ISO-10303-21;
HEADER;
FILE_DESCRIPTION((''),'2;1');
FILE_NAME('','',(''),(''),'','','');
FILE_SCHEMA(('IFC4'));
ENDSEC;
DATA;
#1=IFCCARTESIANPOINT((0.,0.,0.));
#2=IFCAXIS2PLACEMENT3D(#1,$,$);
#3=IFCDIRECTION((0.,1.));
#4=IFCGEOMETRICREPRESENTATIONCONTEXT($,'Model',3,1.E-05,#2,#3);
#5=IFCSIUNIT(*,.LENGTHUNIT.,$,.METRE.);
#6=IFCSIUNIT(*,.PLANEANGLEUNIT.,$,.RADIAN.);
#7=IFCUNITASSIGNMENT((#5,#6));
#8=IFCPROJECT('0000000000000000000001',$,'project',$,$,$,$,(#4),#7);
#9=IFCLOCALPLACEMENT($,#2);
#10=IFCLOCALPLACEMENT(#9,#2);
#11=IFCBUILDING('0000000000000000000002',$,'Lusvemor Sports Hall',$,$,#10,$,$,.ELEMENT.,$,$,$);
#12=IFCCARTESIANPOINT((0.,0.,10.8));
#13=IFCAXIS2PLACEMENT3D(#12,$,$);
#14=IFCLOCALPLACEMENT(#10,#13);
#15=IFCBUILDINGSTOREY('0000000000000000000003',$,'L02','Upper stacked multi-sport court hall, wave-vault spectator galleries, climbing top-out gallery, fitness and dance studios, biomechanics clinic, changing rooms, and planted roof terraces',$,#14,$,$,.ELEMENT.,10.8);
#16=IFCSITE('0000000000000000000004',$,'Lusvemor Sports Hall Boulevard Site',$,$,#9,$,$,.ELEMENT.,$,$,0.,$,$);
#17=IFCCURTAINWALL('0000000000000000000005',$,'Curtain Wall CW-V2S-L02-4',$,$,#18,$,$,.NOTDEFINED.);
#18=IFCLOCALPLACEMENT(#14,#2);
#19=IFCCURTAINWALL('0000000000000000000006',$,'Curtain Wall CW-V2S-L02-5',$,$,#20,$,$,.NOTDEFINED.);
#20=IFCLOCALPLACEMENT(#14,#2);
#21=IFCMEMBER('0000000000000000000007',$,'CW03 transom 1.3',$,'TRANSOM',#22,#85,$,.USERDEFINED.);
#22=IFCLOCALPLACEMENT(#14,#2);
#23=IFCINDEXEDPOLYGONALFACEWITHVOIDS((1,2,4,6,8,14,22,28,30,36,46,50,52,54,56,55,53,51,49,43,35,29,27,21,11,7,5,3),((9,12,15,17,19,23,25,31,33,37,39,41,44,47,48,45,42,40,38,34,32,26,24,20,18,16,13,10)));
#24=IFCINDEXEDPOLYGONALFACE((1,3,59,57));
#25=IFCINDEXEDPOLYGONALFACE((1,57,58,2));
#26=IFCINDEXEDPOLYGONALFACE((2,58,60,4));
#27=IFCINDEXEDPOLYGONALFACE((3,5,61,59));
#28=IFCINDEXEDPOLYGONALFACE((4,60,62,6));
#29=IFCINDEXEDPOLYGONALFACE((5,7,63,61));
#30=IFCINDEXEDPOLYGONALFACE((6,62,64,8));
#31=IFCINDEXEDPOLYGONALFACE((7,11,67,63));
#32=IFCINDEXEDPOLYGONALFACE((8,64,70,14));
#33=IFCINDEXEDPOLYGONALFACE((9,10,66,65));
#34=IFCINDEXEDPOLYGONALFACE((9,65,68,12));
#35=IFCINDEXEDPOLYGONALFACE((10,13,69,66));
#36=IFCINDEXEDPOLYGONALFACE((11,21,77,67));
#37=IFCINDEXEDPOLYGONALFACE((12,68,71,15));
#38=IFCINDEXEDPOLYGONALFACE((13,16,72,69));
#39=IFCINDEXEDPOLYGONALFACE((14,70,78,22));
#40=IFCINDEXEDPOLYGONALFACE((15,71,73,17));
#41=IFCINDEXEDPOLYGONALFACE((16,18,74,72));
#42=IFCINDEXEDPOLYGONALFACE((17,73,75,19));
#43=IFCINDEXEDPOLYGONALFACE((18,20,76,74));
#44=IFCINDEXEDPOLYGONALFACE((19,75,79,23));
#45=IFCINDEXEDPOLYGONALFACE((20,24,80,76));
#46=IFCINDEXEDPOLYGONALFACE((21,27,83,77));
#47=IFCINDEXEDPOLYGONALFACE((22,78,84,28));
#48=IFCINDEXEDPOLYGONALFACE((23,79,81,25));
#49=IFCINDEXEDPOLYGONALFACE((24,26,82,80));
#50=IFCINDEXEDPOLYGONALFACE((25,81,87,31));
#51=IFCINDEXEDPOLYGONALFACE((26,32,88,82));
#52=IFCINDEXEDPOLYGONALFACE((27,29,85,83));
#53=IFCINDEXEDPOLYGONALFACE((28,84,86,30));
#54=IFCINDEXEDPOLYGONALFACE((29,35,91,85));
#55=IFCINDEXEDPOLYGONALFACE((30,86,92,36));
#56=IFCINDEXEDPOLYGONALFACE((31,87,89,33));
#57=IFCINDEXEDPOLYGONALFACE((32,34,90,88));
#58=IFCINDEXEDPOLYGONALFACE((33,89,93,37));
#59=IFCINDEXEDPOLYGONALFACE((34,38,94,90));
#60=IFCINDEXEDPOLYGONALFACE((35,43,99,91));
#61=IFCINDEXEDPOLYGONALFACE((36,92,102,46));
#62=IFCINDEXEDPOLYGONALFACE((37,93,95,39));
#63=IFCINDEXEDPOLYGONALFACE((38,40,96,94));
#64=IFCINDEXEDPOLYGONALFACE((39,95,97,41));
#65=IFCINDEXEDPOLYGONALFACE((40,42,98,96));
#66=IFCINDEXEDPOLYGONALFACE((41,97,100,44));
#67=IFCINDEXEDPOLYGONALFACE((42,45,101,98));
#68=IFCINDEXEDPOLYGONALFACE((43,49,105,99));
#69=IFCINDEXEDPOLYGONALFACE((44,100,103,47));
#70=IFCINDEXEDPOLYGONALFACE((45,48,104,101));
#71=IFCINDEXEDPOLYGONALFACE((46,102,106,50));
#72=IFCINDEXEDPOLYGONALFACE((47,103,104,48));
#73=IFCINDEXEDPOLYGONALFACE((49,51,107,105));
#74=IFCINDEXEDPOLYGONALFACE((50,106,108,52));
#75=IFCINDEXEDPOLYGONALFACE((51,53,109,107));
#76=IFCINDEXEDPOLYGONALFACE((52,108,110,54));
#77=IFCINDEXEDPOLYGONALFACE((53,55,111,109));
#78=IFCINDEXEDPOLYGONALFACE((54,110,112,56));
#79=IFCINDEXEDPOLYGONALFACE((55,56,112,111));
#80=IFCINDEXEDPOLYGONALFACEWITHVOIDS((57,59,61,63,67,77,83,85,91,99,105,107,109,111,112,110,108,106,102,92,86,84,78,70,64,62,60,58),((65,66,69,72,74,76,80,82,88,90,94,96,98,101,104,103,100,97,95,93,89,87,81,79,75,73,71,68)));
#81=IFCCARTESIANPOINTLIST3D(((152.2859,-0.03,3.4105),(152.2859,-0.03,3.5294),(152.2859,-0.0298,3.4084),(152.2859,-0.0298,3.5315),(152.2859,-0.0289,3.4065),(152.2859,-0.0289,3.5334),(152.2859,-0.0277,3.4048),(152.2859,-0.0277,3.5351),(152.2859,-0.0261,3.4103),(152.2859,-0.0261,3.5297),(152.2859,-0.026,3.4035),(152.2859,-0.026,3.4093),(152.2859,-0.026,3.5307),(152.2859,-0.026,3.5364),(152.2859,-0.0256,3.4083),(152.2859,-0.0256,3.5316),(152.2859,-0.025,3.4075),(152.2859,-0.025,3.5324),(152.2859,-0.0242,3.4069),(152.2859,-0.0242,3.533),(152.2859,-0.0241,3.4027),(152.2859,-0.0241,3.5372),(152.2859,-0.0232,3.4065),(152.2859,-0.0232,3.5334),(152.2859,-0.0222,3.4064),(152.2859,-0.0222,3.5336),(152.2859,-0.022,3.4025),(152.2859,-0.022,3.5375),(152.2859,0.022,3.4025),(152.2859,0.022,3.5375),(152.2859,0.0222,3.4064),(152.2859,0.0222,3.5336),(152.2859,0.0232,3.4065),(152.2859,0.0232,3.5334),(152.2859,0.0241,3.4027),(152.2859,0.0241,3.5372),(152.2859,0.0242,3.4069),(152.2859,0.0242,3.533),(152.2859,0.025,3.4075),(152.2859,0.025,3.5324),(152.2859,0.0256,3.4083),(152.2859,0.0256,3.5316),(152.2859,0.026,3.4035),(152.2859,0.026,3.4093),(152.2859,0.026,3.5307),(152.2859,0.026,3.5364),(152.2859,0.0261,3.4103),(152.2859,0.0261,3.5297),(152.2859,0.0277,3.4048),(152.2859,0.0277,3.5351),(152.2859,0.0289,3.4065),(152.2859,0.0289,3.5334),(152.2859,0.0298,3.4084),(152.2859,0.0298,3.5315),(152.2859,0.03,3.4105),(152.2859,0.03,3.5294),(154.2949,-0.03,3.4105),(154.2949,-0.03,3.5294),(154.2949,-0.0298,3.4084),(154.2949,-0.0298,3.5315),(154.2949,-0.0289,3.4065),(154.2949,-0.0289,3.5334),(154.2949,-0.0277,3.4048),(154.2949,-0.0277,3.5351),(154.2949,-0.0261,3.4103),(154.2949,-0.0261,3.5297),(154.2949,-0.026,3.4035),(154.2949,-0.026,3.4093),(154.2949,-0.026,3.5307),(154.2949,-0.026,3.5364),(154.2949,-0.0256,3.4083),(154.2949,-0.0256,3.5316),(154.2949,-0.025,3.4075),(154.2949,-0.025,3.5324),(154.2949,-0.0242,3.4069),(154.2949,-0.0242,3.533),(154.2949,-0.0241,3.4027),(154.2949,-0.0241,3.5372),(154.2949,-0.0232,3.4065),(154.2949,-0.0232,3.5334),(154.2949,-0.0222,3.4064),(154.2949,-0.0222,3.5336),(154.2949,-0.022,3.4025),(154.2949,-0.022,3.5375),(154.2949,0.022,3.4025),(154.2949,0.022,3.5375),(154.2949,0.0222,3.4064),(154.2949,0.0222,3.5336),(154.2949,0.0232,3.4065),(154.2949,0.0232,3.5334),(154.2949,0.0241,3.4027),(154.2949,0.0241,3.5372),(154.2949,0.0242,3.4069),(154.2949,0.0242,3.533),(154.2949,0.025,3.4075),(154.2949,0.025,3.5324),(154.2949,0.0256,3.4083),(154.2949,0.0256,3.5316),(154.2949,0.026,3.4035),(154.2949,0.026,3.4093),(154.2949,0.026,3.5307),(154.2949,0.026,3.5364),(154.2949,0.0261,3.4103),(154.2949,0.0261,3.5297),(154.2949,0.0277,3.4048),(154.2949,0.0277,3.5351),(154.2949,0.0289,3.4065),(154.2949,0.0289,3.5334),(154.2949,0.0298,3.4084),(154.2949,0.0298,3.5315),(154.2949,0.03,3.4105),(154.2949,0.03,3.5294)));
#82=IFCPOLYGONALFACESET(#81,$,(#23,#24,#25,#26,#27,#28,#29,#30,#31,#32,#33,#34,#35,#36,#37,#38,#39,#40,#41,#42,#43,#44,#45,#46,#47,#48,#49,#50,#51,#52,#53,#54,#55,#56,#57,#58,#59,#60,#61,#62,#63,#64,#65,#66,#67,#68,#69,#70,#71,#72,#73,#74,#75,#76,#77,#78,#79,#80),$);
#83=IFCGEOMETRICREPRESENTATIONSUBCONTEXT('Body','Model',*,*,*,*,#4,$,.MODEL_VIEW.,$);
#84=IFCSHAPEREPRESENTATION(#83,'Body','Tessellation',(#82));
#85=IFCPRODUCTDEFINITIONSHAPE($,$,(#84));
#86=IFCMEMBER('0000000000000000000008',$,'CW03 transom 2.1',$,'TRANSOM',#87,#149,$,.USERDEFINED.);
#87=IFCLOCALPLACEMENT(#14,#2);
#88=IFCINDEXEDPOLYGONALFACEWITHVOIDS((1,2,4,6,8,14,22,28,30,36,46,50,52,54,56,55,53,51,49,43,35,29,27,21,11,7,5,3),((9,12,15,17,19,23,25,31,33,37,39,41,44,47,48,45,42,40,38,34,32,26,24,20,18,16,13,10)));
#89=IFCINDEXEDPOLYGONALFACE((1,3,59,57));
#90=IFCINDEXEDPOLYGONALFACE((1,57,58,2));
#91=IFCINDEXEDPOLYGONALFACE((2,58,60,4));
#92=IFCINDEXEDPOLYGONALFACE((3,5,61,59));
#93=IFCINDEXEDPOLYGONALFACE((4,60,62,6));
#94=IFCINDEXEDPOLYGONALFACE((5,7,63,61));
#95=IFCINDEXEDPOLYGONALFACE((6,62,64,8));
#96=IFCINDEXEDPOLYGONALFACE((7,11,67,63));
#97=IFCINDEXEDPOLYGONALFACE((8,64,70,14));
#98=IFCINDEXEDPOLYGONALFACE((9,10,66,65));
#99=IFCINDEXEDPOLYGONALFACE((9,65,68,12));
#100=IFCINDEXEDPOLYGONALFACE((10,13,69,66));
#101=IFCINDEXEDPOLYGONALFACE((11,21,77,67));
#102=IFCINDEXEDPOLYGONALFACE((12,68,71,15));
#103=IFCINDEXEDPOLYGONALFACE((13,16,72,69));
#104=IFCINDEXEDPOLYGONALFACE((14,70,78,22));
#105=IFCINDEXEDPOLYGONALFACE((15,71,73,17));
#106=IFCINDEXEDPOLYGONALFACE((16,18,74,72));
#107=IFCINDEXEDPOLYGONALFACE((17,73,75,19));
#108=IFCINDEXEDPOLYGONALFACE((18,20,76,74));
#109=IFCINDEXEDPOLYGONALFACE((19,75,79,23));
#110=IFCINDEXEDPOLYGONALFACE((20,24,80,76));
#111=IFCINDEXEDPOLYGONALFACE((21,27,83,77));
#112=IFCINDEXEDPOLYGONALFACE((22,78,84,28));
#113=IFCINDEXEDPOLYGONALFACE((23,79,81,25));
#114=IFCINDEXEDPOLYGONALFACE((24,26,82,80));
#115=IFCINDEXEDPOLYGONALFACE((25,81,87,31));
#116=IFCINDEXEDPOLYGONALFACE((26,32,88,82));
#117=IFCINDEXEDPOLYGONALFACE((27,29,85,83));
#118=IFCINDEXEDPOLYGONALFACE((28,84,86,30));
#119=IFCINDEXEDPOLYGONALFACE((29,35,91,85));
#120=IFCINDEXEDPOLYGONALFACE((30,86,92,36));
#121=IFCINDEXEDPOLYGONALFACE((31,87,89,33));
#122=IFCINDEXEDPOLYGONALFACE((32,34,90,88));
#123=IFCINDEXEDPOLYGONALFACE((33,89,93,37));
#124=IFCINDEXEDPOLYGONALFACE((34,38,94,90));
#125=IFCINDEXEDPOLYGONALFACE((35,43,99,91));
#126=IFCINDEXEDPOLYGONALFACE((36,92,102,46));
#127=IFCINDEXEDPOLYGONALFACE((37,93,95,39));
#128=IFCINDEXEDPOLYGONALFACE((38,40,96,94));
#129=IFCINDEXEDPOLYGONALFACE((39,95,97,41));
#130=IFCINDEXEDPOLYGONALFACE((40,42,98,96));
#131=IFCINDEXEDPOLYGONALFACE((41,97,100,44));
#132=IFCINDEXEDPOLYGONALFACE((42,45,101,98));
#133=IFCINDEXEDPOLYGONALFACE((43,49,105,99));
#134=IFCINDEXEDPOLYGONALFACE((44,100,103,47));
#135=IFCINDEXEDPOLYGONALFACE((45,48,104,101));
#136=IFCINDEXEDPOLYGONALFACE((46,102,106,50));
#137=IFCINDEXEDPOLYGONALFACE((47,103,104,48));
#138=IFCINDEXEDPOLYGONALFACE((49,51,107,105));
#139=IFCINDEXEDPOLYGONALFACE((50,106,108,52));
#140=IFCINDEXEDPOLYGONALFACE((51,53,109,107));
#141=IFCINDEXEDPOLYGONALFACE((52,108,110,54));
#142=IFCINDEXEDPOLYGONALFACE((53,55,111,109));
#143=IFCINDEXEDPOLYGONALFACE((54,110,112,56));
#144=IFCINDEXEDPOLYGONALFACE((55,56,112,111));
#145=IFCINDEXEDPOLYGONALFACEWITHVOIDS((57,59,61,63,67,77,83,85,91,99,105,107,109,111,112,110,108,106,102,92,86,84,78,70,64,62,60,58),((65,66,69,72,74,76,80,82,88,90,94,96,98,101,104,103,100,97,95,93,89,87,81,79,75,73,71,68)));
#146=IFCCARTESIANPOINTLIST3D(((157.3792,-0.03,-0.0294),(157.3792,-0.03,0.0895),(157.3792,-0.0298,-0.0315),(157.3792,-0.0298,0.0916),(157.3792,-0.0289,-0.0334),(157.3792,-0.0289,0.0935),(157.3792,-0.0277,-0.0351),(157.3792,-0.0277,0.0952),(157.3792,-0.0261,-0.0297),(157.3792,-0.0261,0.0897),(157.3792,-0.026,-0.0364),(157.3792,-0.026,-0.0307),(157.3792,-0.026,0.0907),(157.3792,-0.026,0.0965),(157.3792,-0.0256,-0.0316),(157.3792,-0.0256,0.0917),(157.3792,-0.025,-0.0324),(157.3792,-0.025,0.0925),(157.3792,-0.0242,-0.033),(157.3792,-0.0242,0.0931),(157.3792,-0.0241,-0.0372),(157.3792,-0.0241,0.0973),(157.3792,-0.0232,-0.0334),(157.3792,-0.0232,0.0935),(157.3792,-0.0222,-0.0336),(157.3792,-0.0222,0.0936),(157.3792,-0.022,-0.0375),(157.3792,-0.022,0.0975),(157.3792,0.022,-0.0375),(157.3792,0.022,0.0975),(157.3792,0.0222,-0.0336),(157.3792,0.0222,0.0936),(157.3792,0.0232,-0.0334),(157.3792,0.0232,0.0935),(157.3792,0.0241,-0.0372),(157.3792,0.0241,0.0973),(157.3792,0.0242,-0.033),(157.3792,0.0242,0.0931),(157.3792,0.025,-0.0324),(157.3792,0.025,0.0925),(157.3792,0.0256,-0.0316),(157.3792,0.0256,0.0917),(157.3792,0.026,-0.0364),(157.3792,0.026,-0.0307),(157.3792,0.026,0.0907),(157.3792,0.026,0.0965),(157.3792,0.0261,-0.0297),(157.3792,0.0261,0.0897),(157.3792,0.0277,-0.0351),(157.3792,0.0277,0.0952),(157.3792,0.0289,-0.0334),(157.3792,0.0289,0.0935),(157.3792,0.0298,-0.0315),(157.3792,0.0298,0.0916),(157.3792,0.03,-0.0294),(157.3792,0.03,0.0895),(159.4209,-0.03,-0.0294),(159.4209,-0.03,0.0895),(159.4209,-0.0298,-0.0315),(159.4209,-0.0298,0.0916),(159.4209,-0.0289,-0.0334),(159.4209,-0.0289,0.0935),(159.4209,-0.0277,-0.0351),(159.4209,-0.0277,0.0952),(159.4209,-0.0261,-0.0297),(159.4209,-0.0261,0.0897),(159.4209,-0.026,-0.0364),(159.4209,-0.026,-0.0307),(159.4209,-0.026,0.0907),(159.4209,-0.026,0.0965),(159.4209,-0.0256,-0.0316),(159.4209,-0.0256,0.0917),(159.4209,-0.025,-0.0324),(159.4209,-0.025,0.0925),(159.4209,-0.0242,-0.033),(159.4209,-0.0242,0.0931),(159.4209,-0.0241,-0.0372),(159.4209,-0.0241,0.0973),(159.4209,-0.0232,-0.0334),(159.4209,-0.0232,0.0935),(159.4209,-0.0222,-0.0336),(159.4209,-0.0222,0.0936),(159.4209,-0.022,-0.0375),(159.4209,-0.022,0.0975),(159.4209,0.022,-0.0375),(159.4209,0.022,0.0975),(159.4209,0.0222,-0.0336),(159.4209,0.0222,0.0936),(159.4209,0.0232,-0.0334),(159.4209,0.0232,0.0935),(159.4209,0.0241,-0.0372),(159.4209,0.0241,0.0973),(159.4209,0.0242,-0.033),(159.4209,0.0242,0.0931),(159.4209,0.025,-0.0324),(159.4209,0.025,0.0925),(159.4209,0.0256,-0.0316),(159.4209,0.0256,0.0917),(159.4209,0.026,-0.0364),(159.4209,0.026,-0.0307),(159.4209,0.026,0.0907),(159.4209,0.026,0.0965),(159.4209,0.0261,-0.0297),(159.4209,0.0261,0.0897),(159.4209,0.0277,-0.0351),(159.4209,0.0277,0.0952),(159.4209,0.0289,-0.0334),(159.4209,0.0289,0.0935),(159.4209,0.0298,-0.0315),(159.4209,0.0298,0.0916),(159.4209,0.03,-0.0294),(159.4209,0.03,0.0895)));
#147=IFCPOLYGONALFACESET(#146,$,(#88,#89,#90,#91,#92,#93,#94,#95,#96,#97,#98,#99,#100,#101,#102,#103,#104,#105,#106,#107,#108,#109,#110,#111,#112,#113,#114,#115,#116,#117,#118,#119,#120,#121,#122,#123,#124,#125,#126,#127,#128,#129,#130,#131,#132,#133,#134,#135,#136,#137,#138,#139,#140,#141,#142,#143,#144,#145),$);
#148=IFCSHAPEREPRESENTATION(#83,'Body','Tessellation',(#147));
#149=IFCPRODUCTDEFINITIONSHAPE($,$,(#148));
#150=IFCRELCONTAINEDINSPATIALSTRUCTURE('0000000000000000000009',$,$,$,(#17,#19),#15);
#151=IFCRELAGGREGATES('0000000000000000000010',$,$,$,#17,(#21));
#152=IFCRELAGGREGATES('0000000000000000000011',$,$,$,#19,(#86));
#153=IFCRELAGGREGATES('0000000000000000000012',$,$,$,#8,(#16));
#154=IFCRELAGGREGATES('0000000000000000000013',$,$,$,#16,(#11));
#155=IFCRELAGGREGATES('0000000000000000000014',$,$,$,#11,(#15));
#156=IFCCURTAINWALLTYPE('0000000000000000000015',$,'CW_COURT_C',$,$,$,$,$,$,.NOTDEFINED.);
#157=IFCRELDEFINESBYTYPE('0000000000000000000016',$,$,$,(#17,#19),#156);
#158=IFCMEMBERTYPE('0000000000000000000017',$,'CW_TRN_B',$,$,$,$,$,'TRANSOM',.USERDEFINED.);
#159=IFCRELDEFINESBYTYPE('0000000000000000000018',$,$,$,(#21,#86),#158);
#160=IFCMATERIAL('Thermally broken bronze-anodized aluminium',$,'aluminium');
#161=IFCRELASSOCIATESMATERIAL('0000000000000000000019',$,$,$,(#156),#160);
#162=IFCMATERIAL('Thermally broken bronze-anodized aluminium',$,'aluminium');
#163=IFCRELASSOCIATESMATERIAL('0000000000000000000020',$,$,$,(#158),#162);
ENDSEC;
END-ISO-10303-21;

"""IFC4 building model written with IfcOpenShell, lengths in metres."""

from ifc_helpers import new_model, si_unit, direction, frame, origin, origin_2d, place, context, subcontext, project, spatial, hollow_rectangle, extrude, material, material_profile, profile_set, type_object, element, aggregate, save


model = new_model("IFC4")

# Units and contexts
model_context = context("Model", 3, precision=1e-05, world=origin(), true_north=direction((0.0, 1.0)))
body_context = subcontext(model_context, "Body", "Model", "MODEL_VIEW")
ifc_project = project(units=[si_unit("LENGTHUNIT", "METRE"), si_unit("PLANEANGLEUNIT", "RADIAN")], contexts=[model_context])

# Site, building, storey
site_placement = place(None, origin())
site = spatial("IfcSite", under=ifc_project, at=site_placement, Name="Lusvemor Sports Hall Boulevard Site", CompositionType="ELEMENT", RefElevation=0.0)
building_placement = place(site_placement, origin())
building = spatial("IfcBuilding", under=site, at=building_placement, Name="Lusvemor Sports Hall", CompositionType="ELEMENT")
storey_placement = place(building_placement, frame((0.0, 0.0, 10.8)))
storey = spatial("IfcBuildingStorey", under=building, at=storey_placement, Name="L02", Description="Upper stacked multi-sport court hall, wave-vault spectator galleries, climbing top-out gallery, fitness and dance studios, biomechanics clinic, changing rooms, and planted roof terraces", CompositionType="ELEMENT", Elevation=10.8)

# Curtain wall
ifc_material_1 = material(Name="Thermally broken bronze-anodized aluminium", Category="aluminium")
curtain_wall_type = type_object("IfcCurtainWallType", Name="CW_COURT_C", PredefinedType="NOTDEFINED", material=ifc_material_1)
curtain_wall_1_placement = place(storey_placement, origin())
curtain_wall_1 = element("IfcCurtainWall", 1, at=curtain_wall_1_placement, inside=storey, type_object=curtain_wall_type, Name="Curtain Wall CW-V2S-L02-4", PredefinedType="NOTDEFINED")

# Curtain wall
curtain_wall_2_placement = place(storey_placement, origin())
curtain_wall_2 = element("IfcCurtainWall", 2, at=curtain_wall_2_placement, inside=storey, type_object=curtain_wall_type, Name="Curtain Wall CW-V2S-L02-5", PredefinedType="NOTDEFINED")

# Members
ifc_material_2 = material(Name="Thermally broken bronze-anodized aluminium", Category="aluminium")
ifc_material_profile_1 = material_profile(ifc_material_2, hollow_rectangle(XDim=0.0601, YDim=0.135, WallThickness=0.0039, InnerFilletRadius=0.0039, OuterFilletRadius=0.0081, at=origin_2d()), Name="CWTRN135x60x4")
ifc_profile_set_1 = profile_set([ifc_material_profile_1], Name="Thermally broken bronze-anodized aluminium")
member_type_1 = type_object("IfcMemberType", Name="CW_TRN_B", ElementType="TRANSOM", PredefinedType="USERDEFINED", material=ifc_profile_set_1)
member_1_placement = place(storey_placement, frame((154.2949, 0.0, 3.47), z_axis=(-1.0, 0.0, 0.0), x_axis=(0.0, -1.0, 0.0)))
member_1 = element("IfcMember", 3, at=member_1_placement, type_object=member_type_1, Name="CW03 transom 1.3", ObjectType="TRANSOM", PredefinedType="USERDEFINED", context=body_context, shape_type="SweptSolid", body=[
    extrude(hollow_rectangle(XDim=0.0601, YDim=0.135, WallThickness=0.0039, InnerFilletRadius=0.0039, OuterFilletRadius=0.0081, at=origin_2d()), origin(), (0.0, 0.0, 1.0), 2.009),
])
aggregate(curtain_wall_1, [member_1])
member_2_placement = place(storey_placement, frame((159.4209, 0.0, 0.03), z_axis=(-1.0, 0.0, 0.0), x_axis=(0.0, -1.0, 0.0)))
member_2 = element("IfcMember", 4, at=member_2_placement, type_object=member_type_1, Name="CW03 transom 2.1", ObjectType="TRANSOM", PredefinedType="USERDEFINED", context=body_context, shape_type="SweptSolid", body=[
    extrude(hollow_rectangle(XDim=0.0601, YDim=0.135, WallThickness=0.0039, InnerFilletRadius=0.0039, OuterFilletRadius=0.0081, at=origin_2d()), origin(), (0.0, 0.0, 1.0), 2.0417),
])

aggregate(curtain_wall_2, [member_2])

save(model, "model.ifc")
